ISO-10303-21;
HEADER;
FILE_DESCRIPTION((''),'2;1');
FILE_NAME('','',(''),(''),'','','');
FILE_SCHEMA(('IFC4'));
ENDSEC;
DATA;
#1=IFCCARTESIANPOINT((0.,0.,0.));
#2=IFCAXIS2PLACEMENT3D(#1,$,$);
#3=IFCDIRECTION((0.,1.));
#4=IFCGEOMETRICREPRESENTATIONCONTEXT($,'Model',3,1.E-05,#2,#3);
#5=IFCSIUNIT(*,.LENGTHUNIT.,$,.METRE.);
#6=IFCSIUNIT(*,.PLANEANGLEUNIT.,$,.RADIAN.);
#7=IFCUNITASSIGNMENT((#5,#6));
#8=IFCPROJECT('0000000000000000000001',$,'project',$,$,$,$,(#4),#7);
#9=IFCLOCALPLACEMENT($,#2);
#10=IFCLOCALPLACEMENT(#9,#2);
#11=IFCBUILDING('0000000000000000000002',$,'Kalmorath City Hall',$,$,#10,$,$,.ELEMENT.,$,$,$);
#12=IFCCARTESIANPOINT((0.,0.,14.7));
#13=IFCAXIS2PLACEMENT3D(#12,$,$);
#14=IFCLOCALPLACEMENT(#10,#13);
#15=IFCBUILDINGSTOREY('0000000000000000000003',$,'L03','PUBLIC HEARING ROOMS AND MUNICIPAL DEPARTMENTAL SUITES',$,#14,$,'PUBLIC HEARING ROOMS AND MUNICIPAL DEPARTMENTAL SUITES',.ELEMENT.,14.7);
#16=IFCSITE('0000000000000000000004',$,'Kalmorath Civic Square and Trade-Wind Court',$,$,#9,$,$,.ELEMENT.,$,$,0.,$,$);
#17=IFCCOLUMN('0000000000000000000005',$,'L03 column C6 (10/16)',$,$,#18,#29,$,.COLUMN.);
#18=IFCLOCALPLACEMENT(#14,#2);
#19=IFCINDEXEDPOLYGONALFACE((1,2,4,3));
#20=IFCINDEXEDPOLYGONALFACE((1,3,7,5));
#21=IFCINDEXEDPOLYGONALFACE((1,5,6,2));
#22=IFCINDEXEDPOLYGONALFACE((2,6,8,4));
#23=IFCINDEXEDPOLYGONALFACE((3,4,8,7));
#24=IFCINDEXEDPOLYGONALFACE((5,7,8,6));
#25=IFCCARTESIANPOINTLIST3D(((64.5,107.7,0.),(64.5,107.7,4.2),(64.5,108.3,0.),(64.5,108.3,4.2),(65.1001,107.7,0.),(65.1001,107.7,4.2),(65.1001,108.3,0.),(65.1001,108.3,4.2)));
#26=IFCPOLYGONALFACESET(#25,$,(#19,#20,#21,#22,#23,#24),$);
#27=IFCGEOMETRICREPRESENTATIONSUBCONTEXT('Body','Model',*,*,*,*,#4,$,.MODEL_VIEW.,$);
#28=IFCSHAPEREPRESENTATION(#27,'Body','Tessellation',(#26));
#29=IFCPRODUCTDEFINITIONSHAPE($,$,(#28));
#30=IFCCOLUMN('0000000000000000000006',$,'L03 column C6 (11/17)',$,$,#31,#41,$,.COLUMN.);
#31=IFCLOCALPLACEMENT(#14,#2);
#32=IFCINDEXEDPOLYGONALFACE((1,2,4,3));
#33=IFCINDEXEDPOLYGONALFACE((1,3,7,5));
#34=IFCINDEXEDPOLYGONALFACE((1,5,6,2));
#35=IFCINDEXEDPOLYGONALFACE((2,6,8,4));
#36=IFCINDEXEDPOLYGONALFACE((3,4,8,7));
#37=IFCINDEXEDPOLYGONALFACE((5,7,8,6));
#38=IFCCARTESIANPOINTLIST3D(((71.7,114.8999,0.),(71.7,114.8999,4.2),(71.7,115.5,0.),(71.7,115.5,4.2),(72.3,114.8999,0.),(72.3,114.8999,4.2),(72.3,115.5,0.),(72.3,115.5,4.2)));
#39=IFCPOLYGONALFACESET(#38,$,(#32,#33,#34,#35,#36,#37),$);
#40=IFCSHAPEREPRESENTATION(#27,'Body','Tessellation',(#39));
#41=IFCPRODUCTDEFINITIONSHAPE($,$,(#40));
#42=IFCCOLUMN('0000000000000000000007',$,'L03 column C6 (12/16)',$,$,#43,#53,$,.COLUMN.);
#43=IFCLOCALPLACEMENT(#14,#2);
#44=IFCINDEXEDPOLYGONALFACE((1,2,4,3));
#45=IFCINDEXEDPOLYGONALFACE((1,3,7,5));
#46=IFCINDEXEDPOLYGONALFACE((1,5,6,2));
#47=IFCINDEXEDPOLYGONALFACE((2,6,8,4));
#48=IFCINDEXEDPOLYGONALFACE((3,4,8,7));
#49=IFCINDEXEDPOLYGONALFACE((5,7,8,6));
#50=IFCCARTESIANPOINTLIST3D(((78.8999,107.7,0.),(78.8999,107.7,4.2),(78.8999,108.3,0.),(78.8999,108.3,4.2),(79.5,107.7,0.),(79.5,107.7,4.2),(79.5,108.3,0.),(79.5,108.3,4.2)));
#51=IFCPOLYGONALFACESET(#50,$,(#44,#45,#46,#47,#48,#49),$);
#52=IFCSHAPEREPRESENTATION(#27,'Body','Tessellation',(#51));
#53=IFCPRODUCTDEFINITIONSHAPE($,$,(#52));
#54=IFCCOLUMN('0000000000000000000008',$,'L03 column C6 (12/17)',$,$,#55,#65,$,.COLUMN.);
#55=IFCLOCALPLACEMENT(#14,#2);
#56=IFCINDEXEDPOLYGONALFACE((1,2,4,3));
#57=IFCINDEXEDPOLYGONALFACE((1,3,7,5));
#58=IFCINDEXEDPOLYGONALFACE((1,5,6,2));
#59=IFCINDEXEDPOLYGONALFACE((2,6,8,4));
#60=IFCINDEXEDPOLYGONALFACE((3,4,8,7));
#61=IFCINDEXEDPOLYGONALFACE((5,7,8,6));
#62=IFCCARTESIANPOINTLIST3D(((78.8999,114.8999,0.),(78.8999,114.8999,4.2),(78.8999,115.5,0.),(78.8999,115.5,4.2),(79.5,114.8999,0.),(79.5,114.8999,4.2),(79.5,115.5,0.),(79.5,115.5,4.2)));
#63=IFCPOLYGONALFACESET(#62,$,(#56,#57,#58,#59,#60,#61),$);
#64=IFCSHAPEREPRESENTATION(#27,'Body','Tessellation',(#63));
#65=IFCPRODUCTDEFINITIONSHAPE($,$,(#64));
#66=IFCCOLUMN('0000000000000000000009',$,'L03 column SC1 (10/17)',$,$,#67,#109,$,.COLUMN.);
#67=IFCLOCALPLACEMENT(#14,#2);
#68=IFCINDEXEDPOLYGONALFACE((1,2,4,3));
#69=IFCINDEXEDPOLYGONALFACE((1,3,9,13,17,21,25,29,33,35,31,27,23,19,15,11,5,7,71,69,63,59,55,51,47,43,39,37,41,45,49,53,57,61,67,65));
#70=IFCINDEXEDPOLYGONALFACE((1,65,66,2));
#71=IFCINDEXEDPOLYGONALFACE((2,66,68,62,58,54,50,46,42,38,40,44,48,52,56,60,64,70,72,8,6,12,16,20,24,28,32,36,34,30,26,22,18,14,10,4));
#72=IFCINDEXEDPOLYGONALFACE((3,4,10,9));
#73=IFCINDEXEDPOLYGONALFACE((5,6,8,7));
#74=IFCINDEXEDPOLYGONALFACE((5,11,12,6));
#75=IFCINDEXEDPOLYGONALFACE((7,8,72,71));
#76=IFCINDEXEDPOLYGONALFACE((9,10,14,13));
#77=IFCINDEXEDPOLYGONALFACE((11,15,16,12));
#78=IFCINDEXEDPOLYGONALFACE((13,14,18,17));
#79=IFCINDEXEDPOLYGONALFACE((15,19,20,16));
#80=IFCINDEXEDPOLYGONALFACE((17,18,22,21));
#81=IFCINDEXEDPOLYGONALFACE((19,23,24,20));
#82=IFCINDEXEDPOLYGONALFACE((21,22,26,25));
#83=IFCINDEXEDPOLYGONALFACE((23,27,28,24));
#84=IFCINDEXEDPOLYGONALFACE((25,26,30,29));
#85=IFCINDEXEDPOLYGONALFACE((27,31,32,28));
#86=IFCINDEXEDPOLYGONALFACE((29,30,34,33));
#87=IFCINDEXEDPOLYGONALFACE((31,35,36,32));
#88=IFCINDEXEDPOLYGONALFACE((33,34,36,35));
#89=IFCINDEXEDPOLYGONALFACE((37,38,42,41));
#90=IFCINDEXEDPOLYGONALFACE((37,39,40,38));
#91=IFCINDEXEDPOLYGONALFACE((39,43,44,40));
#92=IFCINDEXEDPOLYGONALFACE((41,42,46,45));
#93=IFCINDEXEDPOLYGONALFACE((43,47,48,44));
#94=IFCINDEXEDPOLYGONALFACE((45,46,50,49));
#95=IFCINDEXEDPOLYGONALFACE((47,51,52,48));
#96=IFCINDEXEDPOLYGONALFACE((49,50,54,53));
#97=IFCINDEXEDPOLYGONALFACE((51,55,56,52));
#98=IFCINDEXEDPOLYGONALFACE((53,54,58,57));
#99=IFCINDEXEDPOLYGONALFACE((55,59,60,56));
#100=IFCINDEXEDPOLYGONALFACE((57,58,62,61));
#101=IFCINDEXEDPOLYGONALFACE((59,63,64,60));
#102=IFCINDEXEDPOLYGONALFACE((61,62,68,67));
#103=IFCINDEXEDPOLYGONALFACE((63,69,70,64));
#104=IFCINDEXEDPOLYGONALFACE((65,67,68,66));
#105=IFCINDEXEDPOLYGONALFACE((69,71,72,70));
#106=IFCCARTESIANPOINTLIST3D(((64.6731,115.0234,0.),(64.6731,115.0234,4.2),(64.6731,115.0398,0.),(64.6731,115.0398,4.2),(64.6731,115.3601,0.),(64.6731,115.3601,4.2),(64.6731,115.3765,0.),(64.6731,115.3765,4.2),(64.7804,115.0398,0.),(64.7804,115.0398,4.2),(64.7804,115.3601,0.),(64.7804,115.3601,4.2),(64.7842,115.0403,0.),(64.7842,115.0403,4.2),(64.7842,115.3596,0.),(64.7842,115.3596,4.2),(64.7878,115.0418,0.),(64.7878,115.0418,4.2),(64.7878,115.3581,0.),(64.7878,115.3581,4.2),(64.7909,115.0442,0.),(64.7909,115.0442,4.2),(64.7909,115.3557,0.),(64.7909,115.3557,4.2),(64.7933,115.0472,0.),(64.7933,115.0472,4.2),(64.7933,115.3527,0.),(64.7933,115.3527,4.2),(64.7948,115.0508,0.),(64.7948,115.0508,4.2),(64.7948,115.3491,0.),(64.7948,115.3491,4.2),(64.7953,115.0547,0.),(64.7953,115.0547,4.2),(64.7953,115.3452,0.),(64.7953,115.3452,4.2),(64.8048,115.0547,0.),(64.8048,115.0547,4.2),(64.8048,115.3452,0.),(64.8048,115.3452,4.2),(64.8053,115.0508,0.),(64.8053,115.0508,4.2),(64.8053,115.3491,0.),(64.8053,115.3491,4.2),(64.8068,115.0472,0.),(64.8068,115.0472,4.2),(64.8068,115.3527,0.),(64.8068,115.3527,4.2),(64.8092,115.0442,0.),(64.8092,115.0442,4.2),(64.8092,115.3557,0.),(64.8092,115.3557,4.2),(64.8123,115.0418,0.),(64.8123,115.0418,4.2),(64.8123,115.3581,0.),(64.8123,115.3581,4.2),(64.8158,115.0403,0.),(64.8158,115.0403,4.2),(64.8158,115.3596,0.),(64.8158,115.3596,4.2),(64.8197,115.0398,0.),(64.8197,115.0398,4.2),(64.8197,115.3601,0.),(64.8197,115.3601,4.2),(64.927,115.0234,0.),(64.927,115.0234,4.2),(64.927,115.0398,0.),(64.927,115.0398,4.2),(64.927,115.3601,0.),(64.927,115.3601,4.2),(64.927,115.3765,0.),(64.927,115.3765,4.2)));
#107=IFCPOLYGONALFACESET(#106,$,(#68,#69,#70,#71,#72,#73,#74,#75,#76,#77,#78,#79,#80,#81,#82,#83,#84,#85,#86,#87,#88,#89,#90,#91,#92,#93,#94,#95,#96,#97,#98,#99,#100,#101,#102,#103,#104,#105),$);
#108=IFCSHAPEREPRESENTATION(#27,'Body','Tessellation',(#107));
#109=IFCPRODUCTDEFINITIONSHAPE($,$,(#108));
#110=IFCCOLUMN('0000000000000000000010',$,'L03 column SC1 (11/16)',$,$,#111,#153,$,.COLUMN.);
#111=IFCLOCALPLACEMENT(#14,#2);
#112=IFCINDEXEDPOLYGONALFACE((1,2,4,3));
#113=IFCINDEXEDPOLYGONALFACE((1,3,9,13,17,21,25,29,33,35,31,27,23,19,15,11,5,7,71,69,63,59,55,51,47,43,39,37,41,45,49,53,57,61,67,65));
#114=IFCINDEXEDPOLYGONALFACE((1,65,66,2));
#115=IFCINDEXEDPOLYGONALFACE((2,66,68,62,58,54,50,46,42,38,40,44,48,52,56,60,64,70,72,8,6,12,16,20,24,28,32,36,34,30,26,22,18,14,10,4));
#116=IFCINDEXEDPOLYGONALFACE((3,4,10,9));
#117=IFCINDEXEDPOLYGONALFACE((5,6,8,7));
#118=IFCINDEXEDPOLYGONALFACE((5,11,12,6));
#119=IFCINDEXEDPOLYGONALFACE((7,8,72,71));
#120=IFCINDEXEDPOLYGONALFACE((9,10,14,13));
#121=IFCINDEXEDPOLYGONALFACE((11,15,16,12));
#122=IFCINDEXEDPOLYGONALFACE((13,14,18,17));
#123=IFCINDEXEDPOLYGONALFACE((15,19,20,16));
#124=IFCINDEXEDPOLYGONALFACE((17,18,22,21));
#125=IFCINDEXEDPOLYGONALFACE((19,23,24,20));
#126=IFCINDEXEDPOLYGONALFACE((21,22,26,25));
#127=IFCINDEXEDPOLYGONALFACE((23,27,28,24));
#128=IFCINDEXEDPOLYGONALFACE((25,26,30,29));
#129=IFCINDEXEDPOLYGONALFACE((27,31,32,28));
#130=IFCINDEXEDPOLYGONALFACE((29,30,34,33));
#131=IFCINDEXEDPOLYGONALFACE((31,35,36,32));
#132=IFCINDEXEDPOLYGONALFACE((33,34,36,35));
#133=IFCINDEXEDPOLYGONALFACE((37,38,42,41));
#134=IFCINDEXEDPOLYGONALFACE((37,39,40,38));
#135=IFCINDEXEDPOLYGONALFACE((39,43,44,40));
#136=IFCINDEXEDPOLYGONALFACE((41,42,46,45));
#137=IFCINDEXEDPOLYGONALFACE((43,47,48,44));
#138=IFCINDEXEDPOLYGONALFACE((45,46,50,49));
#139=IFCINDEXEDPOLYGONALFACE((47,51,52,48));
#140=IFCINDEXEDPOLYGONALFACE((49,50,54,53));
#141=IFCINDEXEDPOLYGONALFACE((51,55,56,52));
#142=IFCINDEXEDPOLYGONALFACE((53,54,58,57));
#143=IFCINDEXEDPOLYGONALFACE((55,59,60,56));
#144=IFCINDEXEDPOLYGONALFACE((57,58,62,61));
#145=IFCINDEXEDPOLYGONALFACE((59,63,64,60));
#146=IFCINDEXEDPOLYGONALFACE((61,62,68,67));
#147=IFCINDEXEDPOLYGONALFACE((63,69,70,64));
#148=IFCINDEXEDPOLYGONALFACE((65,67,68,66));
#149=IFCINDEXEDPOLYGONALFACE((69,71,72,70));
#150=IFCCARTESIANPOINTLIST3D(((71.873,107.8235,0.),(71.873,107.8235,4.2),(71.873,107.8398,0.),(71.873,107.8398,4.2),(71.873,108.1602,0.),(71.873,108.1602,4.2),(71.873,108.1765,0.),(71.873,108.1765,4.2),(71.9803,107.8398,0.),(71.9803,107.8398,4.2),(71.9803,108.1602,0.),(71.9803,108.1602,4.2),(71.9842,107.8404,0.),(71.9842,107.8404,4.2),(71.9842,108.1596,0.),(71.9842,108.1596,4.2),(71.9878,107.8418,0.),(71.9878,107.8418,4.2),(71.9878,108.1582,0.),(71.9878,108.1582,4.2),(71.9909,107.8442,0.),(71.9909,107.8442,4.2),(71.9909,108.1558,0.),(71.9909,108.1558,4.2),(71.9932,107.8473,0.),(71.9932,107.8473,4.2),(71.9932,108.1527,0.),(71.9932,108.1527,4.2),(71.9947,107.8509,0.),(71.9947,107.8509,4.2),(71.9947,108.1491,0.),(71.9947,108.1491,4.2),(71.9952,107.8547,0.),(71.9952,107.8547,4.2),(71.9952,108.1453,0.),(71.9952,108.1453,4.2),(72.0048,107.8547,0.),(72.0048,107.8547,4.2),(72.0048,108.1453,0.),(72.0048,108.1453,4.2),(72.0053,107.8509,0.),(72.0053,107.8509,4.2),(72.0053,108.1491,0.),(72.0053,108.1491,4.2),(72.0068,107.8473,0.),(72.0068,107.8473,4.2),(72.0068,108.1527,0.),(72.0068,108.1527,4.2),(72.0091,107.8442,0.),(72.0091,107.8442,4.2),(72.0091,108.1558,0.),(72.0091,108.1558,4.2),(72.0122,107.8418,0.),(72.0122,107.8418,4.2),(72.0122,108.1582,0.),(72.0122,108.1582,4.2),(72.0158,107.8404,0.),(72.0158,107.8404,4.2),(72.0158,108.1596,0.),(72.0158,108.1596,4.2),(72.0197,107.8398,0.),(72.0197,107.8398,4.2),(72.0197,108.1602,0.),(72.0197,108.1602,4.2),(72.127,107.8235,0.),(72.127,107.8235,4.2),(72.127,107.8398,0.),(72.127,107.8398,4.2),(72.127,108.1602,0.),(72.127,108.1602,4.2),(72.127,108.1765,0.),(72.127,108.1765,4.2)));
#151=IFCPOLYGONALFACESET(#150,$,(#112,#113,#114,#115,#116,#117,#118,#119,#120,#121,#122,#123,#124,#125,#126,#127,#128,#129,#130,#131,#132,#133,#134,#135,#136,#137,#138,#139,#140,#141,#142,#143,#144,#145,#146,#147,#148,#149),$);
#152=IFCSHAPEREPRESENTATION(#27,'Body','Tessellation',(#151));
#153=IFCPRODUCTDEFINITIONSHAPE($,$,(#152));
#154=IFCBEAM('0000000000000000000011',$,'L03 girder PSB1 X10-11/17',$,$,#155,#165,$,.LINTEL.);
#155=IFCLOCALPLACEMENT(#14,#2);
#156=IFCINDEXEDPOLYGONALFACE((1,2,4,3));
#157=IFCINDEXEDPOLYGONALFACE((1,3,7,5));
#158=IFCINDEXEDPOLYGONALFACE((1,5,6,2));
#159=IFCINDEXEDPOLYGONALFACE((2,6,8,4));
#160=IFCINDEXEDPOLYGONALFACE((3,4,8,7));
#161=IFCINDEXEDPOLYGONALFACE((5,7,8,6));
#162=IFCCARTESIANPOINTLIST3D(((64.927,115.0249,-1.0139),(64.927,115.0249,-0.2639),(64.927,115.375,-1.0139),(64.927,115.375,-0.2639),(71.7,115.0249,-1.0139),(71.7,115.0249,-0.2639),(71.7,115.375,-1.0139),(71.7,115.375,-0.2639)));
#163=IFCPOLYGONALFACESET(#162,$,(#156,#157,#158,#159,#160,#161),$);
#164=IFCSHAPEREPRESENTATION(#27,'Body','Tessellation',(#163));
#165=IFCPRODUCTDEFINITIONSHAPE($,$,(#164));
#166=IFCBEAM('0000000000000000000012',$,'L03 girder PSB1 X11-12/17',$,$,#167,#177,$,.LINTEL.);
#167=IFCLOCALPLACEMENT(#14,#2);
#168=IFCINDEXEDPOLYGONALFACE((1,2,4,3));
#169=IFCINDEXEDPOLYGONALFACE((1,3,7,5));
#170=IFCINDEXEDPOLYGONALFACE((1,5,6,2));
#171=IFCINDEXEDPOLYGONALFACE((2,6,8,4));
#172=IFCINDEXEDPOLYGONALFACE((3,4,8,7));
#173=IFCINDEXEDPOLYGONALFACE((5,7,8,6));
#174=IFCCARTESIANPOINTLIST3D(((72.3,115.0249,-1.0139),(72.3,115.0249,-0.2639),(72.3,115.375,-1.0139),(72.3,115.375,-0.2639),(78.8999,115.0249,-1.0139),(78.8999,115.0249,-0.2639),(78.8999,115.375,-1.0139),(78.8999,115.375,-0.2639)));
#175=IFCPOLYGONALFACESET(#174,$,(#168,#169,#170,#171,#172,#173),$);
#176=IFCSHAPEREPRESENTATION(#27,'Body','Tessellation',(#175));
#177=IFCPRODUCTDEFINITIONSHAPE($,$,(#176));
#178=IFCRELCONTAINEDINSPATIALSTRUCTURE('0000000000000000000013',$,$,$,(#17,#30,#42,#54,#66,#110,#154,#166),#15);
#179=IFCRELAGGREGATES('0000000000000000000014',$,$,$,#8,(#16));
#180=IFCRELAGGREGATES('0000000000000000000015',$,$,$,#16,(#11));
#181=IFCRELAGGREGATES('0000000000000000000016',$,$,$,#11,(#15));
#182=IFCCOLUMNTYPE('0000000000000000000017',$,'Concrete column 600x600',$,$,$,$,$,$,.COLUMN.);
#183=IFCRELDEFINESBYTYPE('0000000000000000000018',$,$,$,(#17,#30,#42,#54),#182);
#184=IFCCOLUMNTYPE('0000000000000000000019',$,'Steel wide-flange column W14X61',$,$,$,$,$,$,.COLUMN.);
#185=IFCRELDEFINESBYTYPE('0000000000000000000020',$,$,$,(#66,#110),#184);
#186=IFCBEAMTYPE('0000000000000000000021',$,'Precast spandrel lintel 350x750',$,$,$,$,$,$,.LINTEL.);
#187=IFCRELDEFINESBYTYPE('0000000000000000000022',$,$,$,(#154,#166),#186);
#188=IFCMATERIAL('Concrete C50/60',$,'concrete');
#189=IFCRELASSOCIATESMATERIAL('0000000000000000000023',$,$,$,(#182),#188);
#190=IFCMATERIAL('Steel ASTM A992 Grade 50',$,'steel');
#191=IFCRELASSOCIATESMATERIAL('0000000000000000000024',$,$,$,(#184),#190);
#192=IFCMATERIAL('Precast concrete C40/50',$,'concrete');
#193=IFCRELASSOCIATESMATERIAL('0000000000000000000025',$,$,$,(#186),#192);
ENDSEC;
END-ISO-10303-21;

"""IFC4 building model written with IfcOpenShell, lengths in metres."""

from ifc_helpers import new_model, si_unit, direction, frame, origin, origin_2d, place, context, subcontext, project, spatial, rectangle, i_section, extrude, material, material_profile, profile_set, type_object, element, save


model = new_model("IFC4")

# Units and contexts
model_context = context("Model", 3, precision=1e-05, world=origin(), true_north=direction((0.0, 1.0)))
body_context = subcontext(model_context, "Body", "Model", "MODEL_VIEW")
ifc_project = project(units=[si_unit("LENGTHUNIT", "METRE"), si_unit("PLANEANGLEUNIT", "RADIAN")], contexts=[model_context])

# Site, building, storey
site_placement = place(None, origin())
site = spatial("IfcSite", under=ifc_project, at=site_placement, Name="Kalmorath Civic Square and Trade-Wind Court", CompositionType="ELEMENT", RefElevation=0.0)
building_placement = place(site_placement, origin())
building = spatial("IfcBuilding", under=site, at=building_placement, Name="Kalmorath City Hall", CompositionType="ELEMENT")
storey_placement = place(building_placement, frame((0.0, 0.0, 14.7)))
storey = spatial("IfcBuildingStorey", under=building, at=storey_placement, Name="L03", Description="PUBLIC HEARING ROOMS AND MUNICIPAL DEPARTMENTAL SUITES", LongName="PUBLIC HEARING ROOMS AND MUNICIPAL DEPARTMENTAL SUITES", CompositionType="ELEMENT", Elevation=14.7)

# Columns
ifc_material_1 = material(Name="Concrete C50/60", Category="concrete")
ifc_material_profile_1 = material_profile(ifc_material_1, rectangle(XDim=0.6001, YDim=0.6001, at=origin_2d()), Name="RC-COL-600X600")
ifc_profile_set_1 = profile_set([ifc_material_profile_1], Name="Concrete C50/60")
column_type_1 = type_object("IfcColumnType", Name="Concrete column 600x600", PredefinedType="COLUMN", material=ifc_profile_set_1)
for number, where, z_axis, x_axis, name in (
    (1, (64.8, 108.0, 0.0), (0.0, 0.0, 1.0), (1.0, 0.0, 0.0), "L03 column C6 (10/16)"),
    (2, (72.0, 115.2, 0.0), (0.0, 0.0, 1.0), (1.0, 0.0, 0.0), "L03 column C6 (11/17)"),
    (3, (79.2, 108.0, 0.0), (0.0, 0.0, 1.0), (1.0, 0.0, 0.0), "L03 column C6 (12/16)"),
    (4, (79.2, 115.2, 0.0), (0.0, 0.0, 1.0), (1.0, 0.0, 0.0), "L03 column C6 (12/17)"),
):
    element("IfcColumn", number, at=place(storey_placement, frame(where, z_axis=z_axis, x_axis=x_axis)), inside=storey, type_object=column_type_1, Name=name, PredefinedType="COLUMN", context=body_context, shape_type="SweptSolid", body=[
        extrude(rectangle(XDim=0.6001, YDim=0.6001, at=origin_2d()), origin(), (0.0, 0.0, 1.0), 4.2),
    ])
ifc_material_2 = material(Name="Steel ASTM A992 Grade 50", Category="steel")
ifc_material_profile_2 = material_profile(ifc_material_2, i_section(OverallWidth=0.2539, OverallDepth=0.353, WebThickness=0.0095, FlangeThickness=0.0164, FilletRadius=0.0149, at=origin_2d()), Name="W14X61")
ifc_profile_set_2 = profile_set([ifc_material_profile_2], Name="Steel ASTM A992 Grade 50")
column_type_2 = type_object("IfcColumnType", Name="Steel wide-flange column W14X61", PredefinedType="COLUMN", material=ifc_profile_set_2)
for number, where, z_axis, x_axis, name in (
    (5, (64.8, 115.2, 0.0), (0.0, 0.0, 1.0), (1.0, 0.0, 0.0), "L03 column SC1 (10/17)"),
    (6, (72.0, 108.0, 0.0), (0.0, 0.0, 1.0), (1.0, 0.0, 0.0), "L03 column SC1 (11/16)"),
):
    element("IfcColumn", number, at=place(storey_placement, frame(where, z_axis=z_axis, x_axis=x_axis)), inside=storey, type_object=column_type_2, Name=name, PredefinedType="COLUMN", context=body_context, shape_type="SweptSolid", body=[
        extrude(i_section(OverallWidth=0.2539, OverallDepth=0.353, WebThickness=0.0095, FlangeThickness=0.0164, FilletRadius=0.0149, at=origin_2d()), origin(), (0.0, 0.0, 1.0), 4.2),
    ])

# Beams
ifc_material_3 = material(Name="Precast concrete C40/50", Category="concrete")
ifc_material_profile_3 = material_profile(ifc_material_3, rectangle(XDim=0.3501, YDim=0.75, at=origin_2d()), Name="PC-SP-350X750")
ifc_profile_set_3 = profile_set([ifc_material_profile_3], Name="Precast concrete C40/50")
beam_type_1 = type_object("IfcBeamType", Name="Precast spandrel lintel 350x750", PredefinedType="LINTEL", material=ifc_profile_set_3)
beam_1_placement = place(storey_placement, frame((64.927, 115.2, -0.6389), z_axis=(1.0, 0.0, 0.0), x_axis=(0.0, 1.0, 0.0)))
element("IfcBeam", 7, at=beam_1_placement, inside=storey, type_object=beam_type_1, Name="L03 girder PSB1 X10-11/17", PredefinedType="LINTEL", context=body_context, shape_type="SweptSolid", body=[
    extrude(rectangle(XDim=0.3501, YDim=0.75, at=origin_2d()), origin(), (0.0, 0.0, 1.0), 6.7729),
])
beam_2_placement = place(storey_placement, frame((72.3, 115.2, -0.6389), z_axis=(1.0, 0.0, 0.0), x_axis=(0.0, 1.0, 0.0)))
element("IfcBeam", 8, at=beam_2_placement, inside=storey, type_object=beam_type_1, Name="L03 girder PSB1 X11-12/17", PredefinedType="LINTEL", context=body_context, shape_type="SweptSolid", body=[
    extrude(rectangle(XDim=0.3501, YDim=0.75, at=origin_2d()), origin(), (0.0, 0.0, 1.0), 6.5999),
])

save(model, "model.ifc")
